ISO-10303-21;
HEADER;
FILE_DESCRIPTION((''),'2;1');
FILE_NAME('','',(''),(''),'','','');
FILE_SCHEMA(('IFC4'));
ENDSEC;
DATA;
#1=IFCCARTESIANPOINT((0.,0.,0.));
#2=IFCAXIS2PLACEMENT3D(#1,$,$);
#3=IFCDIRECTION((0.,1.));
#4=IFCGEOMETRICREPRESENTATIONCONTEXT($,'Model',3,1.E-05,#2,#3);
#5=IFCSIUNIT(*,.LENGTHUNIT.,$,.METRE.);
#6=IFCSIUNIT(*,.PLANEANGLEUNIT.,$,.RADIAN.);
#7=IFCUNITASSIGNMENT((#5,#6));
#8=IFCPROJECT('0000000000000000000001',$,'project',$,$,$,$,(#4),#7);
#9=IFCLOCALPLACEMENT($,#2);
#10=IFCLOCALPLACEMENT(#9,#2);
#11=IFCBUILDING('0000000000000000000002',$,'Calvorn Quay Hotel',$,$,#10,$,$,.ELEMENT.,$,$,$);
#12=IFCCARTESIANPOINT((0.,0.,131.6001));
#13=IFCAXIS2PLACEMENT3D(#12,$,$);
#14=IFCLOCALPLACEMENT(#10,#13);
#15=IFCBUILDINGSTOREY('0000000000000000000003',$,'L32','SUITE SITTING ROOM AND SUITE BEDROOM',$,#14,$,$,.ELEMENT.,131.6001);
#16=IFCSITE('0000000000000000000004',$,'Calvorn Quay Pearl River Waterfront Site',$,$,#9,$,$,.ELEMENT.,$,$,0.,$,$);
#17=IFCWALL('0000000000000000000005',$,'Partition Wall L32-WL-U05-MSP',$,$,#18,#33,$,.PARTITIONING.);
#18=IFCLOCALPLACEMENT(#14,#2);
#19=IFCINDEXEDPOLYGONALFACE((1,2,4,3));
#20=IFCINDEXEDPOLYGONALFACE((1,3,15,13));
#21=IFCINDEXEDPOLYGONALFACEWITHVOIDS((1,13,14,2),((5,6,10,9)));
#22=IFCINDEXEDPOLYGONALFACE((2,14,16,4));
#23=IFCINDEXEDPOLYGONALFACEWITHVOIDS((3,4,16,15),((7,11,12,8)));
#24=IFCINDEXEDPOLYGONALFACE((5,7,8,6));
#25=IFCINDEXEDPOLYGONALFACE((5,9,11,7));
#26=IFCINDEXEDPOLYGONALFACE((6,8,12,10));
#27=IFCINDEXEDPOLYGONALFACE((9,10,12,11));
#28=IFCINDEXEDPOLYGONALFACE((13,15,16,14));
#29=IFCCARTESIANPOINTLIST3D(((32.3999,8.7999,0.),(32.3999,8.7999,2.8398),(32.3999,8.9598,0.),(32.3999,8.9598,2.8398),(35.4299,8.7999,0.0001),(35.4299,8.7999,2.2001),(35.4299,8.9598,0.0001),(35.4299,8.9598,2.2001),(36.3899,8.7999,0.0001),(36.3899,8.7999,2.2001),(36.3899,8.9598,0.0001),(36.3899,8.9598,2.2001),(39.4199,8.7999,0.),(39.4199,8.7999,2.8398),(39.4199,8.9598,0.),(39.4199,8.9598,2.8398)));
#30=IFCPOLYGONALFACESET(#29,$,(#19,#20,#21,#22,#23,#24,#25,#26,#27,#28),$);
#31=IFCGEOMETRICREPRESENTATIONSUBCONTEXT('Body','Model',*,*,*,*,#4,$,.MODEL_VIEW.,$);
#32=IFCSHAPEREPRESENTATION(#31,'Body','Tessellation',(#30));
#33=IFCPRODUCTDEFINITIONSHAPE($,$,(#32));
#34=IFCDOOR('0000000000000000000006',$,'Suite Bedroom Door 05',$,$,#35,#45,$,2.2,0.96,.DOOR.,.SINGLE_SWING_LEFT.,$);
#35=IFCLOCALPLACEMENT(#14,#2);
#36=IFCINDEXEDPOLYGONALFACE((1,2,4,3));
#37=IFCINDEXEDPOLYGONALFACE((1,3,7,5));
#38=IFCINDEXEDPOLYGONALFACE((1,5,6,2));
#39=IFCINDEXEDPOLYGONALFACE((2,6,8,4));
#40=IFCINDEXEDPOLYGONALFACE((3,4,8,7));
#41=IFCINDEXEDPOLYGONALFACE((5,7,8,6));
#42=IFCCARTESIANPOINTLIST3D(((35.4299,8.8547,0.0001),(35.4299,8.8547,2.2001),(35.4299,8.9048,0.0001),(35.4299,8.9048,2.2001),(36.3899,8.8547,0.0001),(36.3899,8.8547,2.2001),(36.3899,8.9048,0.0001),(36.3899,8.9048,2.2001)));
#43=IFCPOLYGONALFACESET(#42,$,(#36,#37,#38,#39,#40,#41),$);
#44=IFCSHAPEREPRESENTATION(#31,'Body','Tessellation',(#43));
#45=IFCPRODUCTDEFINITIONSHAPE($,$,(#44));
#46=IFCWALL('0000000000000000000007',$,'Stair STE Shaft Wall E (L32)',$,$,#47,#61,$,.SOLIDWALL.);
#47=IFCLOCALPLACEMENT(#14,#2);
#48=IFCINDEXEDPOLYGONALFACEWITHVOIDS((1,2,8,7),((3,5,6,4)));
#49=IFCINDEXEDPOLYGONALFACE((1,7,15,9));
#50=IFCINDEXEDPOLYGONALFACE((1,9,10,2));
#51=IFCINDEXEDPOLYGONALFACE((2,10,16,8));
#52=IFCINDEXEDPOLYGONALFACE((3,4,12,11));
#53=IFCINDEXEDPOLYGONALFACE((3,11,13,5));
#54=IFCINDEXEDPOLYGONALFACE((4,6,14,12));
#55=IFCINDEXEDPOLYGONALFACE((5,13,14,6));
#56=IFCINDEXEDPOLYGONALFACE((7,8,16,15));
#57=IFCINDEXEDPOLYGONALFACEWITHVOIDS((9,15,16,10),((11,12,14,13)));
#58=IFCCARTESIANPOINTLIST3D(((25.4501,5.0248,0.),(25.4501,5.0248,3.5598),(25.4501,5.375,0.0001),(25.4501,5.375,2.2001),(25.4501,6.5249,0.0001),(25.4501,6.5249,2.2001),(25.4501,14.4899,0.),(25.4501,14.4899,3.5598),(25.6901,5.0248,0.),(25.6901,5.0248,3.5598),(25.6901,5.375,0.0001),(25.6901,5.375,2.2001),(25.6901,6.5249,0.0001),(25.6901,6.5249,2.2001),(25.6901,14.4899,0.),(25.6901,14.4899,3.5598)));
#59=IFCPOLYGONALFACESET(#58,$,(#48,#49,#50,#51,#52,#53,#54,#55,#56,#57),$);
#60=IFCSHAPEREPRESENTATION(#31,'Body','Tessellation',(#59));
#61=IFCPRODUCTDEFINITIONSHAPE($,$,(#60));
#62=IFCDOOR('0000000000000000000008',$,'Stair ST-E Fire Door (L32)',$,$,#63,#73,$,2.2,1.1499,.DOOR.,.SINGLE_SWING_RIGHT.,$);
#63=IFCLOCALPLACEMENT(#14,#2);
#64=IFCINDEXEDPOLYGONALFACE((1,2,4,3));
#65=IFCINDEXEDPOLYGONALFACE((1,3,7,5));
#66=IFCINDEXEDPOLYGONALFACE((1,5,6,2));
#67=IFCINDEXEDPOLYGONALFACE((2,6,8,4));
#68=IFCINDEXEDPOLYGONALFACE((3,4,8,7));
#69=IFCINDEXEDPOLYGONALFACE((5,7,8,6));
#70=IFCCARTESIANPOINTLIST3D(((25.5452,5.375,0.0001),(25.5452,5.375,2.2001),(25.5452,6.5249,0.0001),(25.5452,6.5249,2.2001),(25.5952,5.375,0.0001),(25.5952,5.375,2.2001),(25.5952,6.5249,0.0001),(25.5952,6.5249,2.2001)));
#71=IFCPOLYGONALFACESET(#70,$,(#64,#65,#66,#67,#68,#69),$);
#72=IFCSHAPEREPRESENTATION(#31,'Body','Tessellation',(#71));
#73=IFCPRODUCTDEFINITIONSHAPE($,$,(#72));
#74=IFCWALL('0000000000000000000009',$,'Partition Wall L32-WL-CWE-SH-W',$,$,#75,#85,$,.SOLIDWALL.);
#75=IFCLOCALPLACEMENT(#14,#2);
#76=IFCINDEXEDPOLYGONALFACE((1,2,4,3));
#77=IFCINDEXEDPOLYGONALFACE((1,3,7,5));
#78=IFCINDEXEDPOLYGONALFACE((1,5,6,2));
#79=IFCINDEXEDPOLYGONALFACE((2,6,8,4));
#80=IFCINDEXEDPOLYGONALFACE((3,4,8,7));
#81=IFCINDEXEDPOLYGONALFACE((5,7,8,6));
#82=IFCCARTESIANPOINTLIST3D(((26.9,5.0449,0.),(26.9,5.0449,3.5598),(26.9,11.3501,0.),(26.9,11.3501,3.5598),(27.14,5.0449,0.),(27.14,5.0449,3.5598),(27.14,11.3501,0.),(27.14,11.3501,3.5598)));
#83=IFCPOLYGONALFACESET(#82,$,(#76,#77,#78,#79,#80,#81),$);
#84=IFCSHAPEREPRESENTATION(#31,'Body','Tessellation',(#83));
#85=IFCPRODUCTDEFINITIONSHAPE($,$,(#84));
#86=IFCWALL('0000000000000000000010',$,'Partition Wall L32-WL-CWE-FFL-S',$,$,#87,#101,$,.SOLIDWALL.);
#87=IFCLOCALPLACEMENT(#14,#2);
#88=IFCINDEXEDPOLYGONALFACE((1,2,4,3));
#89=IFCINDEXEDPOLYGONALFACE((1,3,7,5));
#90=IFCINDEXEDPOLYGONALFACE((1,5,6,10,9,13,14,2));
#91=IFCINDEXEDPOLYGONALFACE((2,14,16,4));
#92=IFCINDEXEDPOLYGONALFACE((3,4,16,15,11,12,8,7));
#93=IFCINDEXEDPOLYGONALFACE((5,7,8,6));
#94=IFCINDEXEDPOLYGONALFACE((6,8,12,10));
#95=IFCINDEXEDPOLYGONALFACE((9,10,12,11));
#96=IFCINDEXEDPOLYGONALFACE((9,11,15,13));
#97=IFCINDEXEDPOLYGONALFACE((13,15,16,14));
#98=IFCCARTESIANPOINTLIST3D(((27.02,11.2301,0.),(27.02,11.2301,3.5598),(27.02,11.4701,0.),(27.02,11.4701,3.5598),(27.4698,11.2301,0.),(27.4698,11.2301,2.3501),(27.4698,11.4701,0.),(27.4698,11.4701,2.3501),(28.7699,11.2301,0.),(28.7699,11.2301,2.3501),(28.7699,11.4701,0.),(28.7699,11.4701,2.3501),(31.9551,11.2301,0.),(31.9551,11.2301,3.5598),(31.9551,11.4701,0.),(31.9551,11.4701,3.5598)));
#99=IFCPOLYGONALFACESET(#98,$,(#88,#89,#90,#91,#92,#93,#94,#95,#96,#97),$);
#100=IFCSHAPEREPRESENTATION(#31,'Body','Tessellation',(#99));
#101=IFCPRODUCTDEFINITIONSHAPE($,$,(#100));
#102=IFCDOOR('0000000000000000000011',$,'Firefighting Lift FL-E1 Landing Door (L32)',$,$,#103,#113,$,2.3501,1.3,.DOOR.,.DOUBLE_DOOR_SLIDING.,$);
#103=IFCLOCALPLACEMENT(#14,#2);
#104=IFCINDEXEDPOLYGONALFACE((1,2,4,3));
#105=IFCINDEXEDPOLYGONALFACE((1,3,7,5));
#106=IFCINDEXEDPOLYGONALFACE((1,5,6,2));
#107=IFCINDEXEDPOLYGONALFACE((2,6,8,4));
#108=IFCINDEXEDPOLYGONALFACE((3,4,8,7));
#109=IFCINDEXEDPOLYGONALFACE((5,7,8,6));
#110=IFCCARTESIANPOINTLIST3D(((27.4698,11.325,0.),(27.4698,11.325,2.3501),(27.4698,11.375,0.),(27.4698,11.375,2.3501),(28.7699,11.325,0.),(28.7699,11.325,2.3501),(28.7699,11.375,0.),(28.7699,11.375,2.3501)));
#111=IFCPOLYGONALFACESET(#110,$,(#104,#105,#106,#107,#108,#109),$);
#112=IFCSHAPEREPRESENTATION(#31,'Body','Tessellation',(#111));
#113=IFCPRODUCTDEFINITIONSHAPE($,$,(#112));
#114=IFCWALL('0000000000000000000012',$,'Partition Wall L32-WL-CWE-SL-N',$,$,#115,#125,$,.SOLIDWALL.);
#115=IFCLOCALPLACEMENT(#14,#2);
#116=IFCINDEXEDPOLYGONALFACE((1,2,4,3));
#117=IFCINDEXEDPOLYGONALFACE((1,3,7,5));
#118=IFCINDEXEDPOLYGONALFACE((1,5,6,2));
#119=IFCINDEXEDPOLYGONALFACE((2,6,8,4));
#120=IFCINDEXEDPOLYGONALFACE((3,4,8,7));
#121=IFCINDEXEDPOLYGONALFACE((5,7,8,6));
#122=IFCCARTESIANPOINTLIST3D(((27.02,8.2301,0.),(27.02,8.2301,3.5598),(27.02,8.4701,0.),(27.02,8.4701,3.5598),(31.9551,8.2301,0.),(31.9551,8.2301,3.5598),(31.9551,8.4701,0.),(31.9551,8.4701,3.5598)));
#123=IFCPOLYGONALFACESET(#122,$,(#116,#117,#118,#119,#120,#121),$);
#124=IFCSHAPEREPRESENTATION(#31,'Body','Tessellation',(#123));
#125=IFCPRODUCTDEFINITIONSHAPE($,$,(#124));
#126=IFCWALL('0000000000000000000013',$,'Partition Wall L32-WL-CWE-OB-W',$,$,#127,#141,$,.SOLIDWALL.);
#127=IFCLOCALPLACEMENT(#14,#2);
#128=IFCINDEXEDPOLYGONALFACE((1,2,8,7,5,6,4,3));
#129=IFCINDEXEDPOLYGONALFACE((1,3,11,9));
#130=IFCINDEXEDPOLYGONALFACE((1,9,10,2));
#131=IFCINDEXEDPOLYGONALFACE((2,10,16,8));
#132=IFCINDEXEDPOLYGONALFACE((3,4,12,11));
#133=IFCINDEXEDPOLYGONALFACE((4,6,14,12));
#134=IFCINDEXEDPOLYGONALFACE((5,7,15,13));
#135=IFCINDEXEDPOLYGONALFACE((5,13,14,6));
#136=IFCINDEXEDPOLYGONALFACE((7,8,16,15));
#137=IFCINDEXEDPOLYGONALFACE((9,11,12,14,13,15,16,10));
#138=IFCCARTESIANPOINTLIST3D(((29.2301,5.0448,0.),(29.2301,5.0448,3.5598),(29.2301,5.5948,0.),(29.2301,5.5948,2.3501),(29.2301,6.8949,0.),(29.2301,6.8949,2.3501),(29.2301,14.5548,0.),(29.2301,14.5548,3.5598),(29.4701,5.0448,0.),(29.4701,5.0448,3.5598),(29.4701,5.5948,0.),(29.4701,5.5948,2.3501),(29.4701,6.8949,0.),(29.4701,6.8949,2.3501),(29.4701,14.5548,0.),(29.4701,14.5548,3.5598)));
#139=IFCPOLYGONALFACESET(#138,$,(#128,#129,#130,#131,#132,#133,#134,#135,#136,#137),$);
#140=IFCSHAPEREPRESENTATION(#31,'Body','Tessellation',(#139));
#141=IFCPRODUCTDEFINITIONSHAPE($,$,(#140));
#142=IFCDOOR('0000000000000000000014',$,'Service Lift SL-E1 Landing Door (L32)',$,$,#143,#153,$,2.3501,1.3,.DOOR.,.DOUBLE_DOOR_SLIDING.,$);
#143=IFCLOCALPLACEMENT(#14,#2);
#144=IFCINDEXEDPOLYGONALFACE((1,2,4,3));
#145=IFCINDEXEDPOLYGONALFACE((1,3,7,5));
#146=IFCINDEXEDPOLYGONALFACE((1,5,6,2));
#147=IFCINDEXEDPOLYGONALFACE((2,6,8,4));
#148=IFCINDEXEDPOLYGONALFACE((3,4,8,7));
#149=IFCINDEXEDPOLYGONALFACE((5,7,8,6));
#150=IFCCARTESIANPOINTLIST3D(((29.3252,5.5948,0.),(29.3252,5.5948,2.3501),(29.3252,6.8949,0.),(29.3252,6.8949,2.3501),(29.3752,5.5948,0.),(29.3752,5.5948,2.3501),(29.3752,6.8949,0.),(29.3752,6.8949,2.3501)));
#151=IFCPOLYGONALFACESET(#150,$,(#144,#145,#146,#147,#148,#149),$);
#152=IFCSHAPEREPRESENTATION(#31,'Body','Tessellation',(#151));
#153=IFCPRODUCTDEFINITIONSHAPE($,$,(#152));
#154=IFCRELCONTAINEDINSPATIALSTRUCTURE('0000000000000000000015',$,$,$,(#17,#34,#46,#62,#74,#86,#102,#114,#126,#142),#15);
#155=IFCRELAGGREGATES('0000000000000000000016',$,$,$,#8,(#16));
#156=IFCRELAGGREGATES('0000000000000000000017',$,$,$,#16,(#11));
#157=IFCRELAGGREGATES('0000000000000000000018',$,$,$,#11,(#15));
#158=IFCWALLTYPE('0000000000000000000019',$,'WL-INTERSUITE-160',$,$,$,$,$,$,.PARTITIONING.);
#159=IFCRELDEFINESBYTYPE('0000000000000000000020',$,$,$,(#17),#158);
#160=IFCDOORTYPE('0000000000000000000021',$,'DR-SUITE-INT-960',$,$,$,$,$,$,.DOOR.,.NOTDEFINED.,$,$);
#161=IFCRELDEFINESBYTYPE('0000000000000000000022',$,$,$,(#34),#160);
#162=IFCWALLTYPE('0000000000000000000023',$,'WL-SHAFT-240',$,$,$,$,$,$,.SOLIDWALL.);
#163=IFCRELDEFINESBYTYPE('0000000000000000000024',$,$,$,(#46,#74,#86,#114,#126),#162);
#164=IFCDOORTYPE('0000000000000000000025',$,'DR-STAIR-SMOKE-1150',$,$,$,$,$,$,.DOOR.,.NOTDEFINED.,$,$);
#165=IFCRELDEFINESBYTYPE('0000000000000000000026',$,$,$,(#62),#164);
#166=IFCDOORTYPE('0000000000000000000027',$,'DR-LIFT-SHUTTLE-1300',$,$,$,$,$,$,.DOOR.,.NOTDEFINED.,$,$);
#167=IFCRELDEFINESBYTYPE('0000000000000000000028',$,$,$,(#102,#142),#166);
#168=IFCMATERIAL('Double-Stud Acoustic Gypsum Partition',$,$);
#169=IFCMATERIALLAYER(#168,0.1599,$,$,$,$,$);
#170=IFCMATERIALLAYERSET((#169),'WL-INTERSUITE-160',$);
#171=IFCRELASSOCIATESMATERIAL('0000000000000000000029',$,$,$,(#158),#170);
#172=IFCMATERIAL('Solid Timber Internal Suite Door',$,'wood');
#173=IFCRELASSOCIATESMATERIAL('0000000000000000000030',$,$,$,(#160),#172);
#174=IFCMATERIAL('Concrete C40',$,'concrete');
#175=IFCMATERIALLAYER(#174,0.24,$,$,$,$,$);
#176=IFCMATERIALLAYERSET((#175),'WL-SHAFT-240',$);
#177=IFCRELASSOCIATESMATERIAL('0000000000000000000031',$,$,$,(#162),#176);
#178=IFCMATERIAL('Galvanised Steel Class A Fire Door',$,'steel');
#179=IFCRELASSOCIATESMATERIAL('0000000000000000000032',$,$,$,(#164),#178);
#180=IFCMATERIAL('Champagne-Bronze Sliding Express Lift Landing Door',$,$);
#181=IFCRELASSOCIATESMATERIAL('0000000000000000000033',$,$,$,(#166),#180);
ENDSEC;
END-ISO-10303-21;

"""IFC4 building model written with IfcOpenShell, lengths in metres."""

from ifc_helpers import new_model, si_unit, direction, frame, frame_2d, origin, place, context, subcontext, project, spatial, rectangle, extrude, material, layer, layer_set, type_object, element, fill, save


model = new_model("IFC4")

# Units and contexts
model_context = context("Model", 3, precision=1e-05, world=origin(), true_north=direction((0.0, 1.0)))
body_context = subcontext(model_context, "Body", "Model", "MODEL_VIEW")
ifc_project = project(units=[si_unit("LENGTHUNIT", "METRE"), si_unit("PLANEANGLEUNIT", "RADIAN")], contexts=[model_context])

# Site, building, storey
site_placement = place(None, origin())
site = spatial("IfcSite", under=ifc_project, at=site_placement, Name="Calvorn Quay Pearl River Waterfront Site", CompositionType="ELEMENT", RefElevation=0.0)
building_placement = place(site_placement, origin())
building = spatial("IfcBuilding", under=site, at=building_placement, Name="Calvorn Quay Hotel", CompositionType="ELEMENT")
storey_placement = place(building_placement, frame((0.0, 0.0, 131.6001)))
storey = spatial("IfcBuildingStorey", under=building, at=storey_placement, Name="L32", Description="SUITE SITTING ROOM AND SUITE BEDROOM", CompositionType="ELEMENT", Elevation=131.6001)

# Walls, openings, doors
ifc_material_1 = material(Name="Double-Stud Acoustic Gypsum Partition")
ifc_layer_1 = layer(ifc_material_1, 0.1599)
ifc_layer_set_1 = layer_set([ifc_layer_1], Name="WL-INTERSUITE-160")
wall_type_1 = type_object("IfcWallType", Name="WL-INTERSUITE-160", PredefinedType="PARTITIONING", material=ifc_layer_set_1)
wall_1_placement = place(storey_placement, frame((32.3999, 8.8799, 0.0), z_axis=(0.0, 0.0, 1.0), x_axis=(1.0, 0.0, 0.0)))
wall_1 = element("IfcWall", 1, at=wall_1_placement, inside=storey, type_object=wall_type_1, Name="Partition Wall L32-WL-U05-MSP", PredefinedType="PARTITIONING", context=body_context, shape_type="SweptSolid", body=[
    extrude(rectangle(XDim=7.02, YDim=0.1599, at=frame_2d((3.51, 0.0))), origin(), (0.0, 0.0, 1.0), 2.8398),
])
opening_1_placement = place(wall_1_placement, frame((3.03, 0.0, 0.0)))
opening_1 = element("IfcOpeningElement", 2, at=opening_1_placement, cuts=wall_1, PredefinedType="OPENING", context=body_context, shape_type="SweptSolid", body=[
    extrude(rectangle(XDim=0.96, YDim=2.2, at=frame_2d((0.48, 1.1001))), frame((0.0, 0.0898, 0.0), z_axis=(0.0, -1.0, 0.0), x_axis=(1.0, 0.0, 0.0)), (0.0, 0.0, 1.0), 0.1799),
])
ifc_material_2 = material(Name="Solid Timber Internal Suite Door", Category="wood")
door_type_1 = type_object("IfcDoorType", Name="DR-SUITE-INT-960", OperationType="NOTDEFINED", PredefinedType="DOOR", material=ifc_material_2)
door_1_placement = place(opening_1_placement, origin())
door_1 = element("IfcDoor", 3, at=door_1_placement, inside=storey, type_object=door_type_1, Name="Suite Bedroom Door 05", OperationType="SINGLE_SWING_LEFT", OverallHeight=2.2, OverallWidth=0.96, PredefinedType="DOOR", context=body_context, shape_type="SweptSolid", body=[
    extrude(rectangle(XDim=0.96, YDim=2.2, at=frame_2d((0.48, 1.1001))), frame((0.0, 0.0249, 0.0), z_axis=(0.0, -1.0, 0.0), x_axis=(1.0, 0.0, 0.0)), (0.0, 0.0, 1.0), 0.05),
])
fill(opening_1, door_1)
ifc_material_3 = material(Name="Concrete C40", Category="concrete")
ifc_layer_2 = layer(ifc_material_3, 0.24)
ifc_layer_set_2 = layer_set([ifc_layer_2], Name="WL-SHAFT-240")
wall_type_2 = type_object("IfcWallType", Name="WL-SHAFT-240", PredefinedType="SOLIDWALL", material=ifc_layer_set_2)
wall_2_placement = place(storey_placement, frame((25.5701, 5.0249, 0.0), z_axis=(0.0, 0.0, 1.0), x_axis=(0.0, 1.0, 0.0)))
wall_2 = element("IfcWall", 4, at=wall_2_placement, inside=storey, type_object=wall_type_2, Name="Stair STE Shaft Wall E (L32)", PredefinedType="SOLIDWALL", context=body_context, shape_type="SweptSolid", body=[
    extrude(rectangle(XDim=9.4651, YDim=0.24, at=frame_2d((4.7324, 0.0))), origin(), (0.0, 0.0, 1.0), 3.5598),
])
opening_2_placement = place(wall_2_placement, frame((0.3501, 0.0, 0.0)))
opening_2 = element("IfcOpeningElement", 5, at=opening_2_placement, cuts=wall_2, PredefinedType="OPENING", context=body_context, shape_type="SweptSolid", body=[
    extrude(rectangle(XDim=1.1499, YDim=2.2, at=frame_2d((0.575, 1.1001))), frame((0.0, 0.1299, 0.0), z_axis=(0.0, -1.0, 0.0), x_axis=(1.0, 0.0, 0.0)), (0.0, 0.0, 1.0), 0.26),
])
ifc_material_4 = material(Name="Galvanised Steel Class A Fire Door", Category="steel")
door_type_2 = type_object("IfcDoorType", Name="DR-STAIR-SMOKE-1150", OperationType="NOTDEFINED", PredefinedType="DOOR", material=ifc_material_4)
door_2_placement = place(opening_2_placement, origin())
door_2 = element("IfcDoor", 6, at=door_2_placement, inside=storey, type_object=door_type_2, Name="Stair ST-E Fire Door (L32)", OperationType="SINGLE_SWING_RIGHT", OverallHeight=2.2, OverallWidth=1.1499, PredefinedType="DOOR", context=body_context, shape_type="SweptSolid", body=[
    extrude(rectangle(XDim=1.1499, YDim=2.2, at=frame_2d((0.575, 1.1001))), frame((0.0, 0.0249, 0.0), z_axis=(0.0, -1.0, 0.0), x_axis=(1.0, 0.0, 0.0)), (0.0, 0.0, 1.0), 0.05),
])
fill(opening_2, door_2)

# Wall
wall_3_placement = place(storey_placement, frame((27.02, 5.0449, 0.0), z_axis=(0.0, 0.0, 1.0), x_axis=(0.0, 1.0, 0.0)))
element("IfcWall", 7, at=wall_3_placement, inside=storey, type_object=wall_type_2, Name="Partition Wall L32-WL-CWE-SH-W", PredefinedType="SOLIDWALL", context=body_context, shape_type="SweptSolid", body=[
    extrude(rectangle(XDim=6.3052, YDim=0.24, at=frame_2d((3.1526, 0.0))), origin(), (0.0, 0.0, 1.0), 3.5598),
])

# Wall, opening, door
wall_4_placement = place(storey_placement, frame((27.02, 11.3501, 0.0), z_axis=(0.0, 0.0, 1.0), x_axis=(1.0, 0.0, 0.0)))
wall_4 = element("IfcWall", 8, at=wall_4_placement, inside=storey, type_object=wall_type_2, Name="Partition Wall L32-WL-CWE-FFL-S", PredefinedType="SOLIDWALL", context=body_context, shape_type="SweptSolid", body=[
    extrude(rectangle(XDim=4.9351, YDim=0.24, at=frame_2d((2.4675, 0.0))), origin(), (0.0, 0.0, 1.0), 3.5598),
])
opening_3_placement = place(wall_4_placement, frame((0.45, 0.0, 0.0)))
opening_3 = element("IfcOpeningElement", 9, at=opening_3_placement, cuts=wall_4, PredefinedType="OPENING", context=body_context, shape_type="SweptSolid", body=[
    extrude(rectangle(XDim=1.3, YDim=2.3501, at=frame_2d((0.6499, 1.175))), frame((0.0, 0.1299, 0.0), z_axis=(0.0, -1.0, 0.0), x_axis=(1.0, 0.0, 0.0)), (0.0, 0.0, 1.0), 0.26),
])
ifc_material_5 = material(Name="Champagne-Bronze Sliding Express Lift Landing Door")
door_type_3 = type_object("IfcDoorType", Name="DR-LIFT-SHUTTLE-1300", OperationType="NOTDEFINED", PredefinedType="DOOR", material=ifc_material_5)
door_3_placement = place(opening_3_placement, origin())
door_3 = element("IfcDoor", 10, at=door_3_placement, inside=storey, type_object=door_type_3, Name="Firefighting Lift FL-E1 Landing Door (L32)", OperationType="DOUBLE_DOOR_SLIDING", OverallHeight=2.3501, OverallWidth=1.3, PredefinedType="DOOR", context=body_context, shape_type="SweptSolid", body=[
    extrude(rectangle(XDim=1.3, YDim=2.3501, at=frame_2d((0.6499, 1.175))), frame((0.0, 0.0249, 0.0), z_axis=(0.0, -1.0, 0.0), x_axis=(1.0, 0.0, 0.0)), (0.0, 0.0, 1.0), 0.05),
])
fill(opening_3, door_3)

# Wall
wall_5_placement = place(storey_placement, frame((27.02, 8.3501, 0.0), z_axis=(0.0, 0.0, 1.0), x_axis=(1.0, 0.0, 0.0)))
element("IfcWall", 11, at=wall_5_placement, inside=storey, type_object=wall_type_2, Name="Partition Wall L32-WL-CWE-SL-N", PredefinedType="SOLIDWALL", context=body_context, shape_type="SweptSolid", body=[
    extrude(rectangle(XDim=4.9351, YDim=0.24, at=frame_2d((2.4675, 0.0))), origin(), (0.0, 0.0, 1.0), 3.5598),
])

# Wall, opening, door
wall_6_placement = place(storey_placement, frame((29.3501, 5.0449, 0.0), z_axis=(0.0, 0.0, 1.0), x_axis=(0.0, 1.0, 0.0)))
wall_6 = element("IfcWall", 12, at=wall_6_placement, inside=storey, type_object=wall_type_2, Name="Partition Wall L32-WL-CWE-OB-W", PredefinedType="SOLIDWALL", context=body_context, shape_type="SweptSolid", body=[
    extrude(rectangle(XDim=9.51, YDim=0.24, at=frame_2d((4.7549, 0.0))), origin(), (0.0, 0.0, 1.0), 3.5598),
])
opening_4_placement = place(wall_6_placement, frame((0.55, 0.0, 0.0)))
opening_4 = element("IfcOpeningElement", 13, at=opening_4_placement, cuts=wall_6, PredefinedType="OPENING", context=body_context, shape_type="SweptSolid", body=[
    extrude(rectangle(XDim=1.3, YDim=2.3501, at=frame_2d((0.6499, 1.175))), frame((0.0, 0.1299, 0.0), z_axis=(0.0, -1.0, 0.0), x_axis=(1.0, 0.0, 0.0)), (0.0, 0.0, 1.0), 0.26),
])
door_4_placement = place(opening_4_placement, origin())
door_4 = element("IfcDoor", 14, at=door_4_placement, inside=storey, type_object=door_type_3, Name="Service Lift SL-E1 Landing Door (L32)", OperationType="DOUBLE_DOOR_SLIDING", OverallHeight=2.3501, OverallWidth=1.3, PredefinedType="DOOR", context=body_context, shape_type="SweptSolid", body=[
    extrude(rectangle(XDim=1.3, YDim=2.3501, at=frame_2d((0.6499, 1.175))), frame((0.0, 0.0249, 0.0), z_axis=(0.0, -1.0, 0.0), x_axis=(1.0, 0.0, 0.0)), (0.0, 0.0, 1.0), 0.05),
])
fill(opening_4, door_4)

save(model, "model.ifc")
